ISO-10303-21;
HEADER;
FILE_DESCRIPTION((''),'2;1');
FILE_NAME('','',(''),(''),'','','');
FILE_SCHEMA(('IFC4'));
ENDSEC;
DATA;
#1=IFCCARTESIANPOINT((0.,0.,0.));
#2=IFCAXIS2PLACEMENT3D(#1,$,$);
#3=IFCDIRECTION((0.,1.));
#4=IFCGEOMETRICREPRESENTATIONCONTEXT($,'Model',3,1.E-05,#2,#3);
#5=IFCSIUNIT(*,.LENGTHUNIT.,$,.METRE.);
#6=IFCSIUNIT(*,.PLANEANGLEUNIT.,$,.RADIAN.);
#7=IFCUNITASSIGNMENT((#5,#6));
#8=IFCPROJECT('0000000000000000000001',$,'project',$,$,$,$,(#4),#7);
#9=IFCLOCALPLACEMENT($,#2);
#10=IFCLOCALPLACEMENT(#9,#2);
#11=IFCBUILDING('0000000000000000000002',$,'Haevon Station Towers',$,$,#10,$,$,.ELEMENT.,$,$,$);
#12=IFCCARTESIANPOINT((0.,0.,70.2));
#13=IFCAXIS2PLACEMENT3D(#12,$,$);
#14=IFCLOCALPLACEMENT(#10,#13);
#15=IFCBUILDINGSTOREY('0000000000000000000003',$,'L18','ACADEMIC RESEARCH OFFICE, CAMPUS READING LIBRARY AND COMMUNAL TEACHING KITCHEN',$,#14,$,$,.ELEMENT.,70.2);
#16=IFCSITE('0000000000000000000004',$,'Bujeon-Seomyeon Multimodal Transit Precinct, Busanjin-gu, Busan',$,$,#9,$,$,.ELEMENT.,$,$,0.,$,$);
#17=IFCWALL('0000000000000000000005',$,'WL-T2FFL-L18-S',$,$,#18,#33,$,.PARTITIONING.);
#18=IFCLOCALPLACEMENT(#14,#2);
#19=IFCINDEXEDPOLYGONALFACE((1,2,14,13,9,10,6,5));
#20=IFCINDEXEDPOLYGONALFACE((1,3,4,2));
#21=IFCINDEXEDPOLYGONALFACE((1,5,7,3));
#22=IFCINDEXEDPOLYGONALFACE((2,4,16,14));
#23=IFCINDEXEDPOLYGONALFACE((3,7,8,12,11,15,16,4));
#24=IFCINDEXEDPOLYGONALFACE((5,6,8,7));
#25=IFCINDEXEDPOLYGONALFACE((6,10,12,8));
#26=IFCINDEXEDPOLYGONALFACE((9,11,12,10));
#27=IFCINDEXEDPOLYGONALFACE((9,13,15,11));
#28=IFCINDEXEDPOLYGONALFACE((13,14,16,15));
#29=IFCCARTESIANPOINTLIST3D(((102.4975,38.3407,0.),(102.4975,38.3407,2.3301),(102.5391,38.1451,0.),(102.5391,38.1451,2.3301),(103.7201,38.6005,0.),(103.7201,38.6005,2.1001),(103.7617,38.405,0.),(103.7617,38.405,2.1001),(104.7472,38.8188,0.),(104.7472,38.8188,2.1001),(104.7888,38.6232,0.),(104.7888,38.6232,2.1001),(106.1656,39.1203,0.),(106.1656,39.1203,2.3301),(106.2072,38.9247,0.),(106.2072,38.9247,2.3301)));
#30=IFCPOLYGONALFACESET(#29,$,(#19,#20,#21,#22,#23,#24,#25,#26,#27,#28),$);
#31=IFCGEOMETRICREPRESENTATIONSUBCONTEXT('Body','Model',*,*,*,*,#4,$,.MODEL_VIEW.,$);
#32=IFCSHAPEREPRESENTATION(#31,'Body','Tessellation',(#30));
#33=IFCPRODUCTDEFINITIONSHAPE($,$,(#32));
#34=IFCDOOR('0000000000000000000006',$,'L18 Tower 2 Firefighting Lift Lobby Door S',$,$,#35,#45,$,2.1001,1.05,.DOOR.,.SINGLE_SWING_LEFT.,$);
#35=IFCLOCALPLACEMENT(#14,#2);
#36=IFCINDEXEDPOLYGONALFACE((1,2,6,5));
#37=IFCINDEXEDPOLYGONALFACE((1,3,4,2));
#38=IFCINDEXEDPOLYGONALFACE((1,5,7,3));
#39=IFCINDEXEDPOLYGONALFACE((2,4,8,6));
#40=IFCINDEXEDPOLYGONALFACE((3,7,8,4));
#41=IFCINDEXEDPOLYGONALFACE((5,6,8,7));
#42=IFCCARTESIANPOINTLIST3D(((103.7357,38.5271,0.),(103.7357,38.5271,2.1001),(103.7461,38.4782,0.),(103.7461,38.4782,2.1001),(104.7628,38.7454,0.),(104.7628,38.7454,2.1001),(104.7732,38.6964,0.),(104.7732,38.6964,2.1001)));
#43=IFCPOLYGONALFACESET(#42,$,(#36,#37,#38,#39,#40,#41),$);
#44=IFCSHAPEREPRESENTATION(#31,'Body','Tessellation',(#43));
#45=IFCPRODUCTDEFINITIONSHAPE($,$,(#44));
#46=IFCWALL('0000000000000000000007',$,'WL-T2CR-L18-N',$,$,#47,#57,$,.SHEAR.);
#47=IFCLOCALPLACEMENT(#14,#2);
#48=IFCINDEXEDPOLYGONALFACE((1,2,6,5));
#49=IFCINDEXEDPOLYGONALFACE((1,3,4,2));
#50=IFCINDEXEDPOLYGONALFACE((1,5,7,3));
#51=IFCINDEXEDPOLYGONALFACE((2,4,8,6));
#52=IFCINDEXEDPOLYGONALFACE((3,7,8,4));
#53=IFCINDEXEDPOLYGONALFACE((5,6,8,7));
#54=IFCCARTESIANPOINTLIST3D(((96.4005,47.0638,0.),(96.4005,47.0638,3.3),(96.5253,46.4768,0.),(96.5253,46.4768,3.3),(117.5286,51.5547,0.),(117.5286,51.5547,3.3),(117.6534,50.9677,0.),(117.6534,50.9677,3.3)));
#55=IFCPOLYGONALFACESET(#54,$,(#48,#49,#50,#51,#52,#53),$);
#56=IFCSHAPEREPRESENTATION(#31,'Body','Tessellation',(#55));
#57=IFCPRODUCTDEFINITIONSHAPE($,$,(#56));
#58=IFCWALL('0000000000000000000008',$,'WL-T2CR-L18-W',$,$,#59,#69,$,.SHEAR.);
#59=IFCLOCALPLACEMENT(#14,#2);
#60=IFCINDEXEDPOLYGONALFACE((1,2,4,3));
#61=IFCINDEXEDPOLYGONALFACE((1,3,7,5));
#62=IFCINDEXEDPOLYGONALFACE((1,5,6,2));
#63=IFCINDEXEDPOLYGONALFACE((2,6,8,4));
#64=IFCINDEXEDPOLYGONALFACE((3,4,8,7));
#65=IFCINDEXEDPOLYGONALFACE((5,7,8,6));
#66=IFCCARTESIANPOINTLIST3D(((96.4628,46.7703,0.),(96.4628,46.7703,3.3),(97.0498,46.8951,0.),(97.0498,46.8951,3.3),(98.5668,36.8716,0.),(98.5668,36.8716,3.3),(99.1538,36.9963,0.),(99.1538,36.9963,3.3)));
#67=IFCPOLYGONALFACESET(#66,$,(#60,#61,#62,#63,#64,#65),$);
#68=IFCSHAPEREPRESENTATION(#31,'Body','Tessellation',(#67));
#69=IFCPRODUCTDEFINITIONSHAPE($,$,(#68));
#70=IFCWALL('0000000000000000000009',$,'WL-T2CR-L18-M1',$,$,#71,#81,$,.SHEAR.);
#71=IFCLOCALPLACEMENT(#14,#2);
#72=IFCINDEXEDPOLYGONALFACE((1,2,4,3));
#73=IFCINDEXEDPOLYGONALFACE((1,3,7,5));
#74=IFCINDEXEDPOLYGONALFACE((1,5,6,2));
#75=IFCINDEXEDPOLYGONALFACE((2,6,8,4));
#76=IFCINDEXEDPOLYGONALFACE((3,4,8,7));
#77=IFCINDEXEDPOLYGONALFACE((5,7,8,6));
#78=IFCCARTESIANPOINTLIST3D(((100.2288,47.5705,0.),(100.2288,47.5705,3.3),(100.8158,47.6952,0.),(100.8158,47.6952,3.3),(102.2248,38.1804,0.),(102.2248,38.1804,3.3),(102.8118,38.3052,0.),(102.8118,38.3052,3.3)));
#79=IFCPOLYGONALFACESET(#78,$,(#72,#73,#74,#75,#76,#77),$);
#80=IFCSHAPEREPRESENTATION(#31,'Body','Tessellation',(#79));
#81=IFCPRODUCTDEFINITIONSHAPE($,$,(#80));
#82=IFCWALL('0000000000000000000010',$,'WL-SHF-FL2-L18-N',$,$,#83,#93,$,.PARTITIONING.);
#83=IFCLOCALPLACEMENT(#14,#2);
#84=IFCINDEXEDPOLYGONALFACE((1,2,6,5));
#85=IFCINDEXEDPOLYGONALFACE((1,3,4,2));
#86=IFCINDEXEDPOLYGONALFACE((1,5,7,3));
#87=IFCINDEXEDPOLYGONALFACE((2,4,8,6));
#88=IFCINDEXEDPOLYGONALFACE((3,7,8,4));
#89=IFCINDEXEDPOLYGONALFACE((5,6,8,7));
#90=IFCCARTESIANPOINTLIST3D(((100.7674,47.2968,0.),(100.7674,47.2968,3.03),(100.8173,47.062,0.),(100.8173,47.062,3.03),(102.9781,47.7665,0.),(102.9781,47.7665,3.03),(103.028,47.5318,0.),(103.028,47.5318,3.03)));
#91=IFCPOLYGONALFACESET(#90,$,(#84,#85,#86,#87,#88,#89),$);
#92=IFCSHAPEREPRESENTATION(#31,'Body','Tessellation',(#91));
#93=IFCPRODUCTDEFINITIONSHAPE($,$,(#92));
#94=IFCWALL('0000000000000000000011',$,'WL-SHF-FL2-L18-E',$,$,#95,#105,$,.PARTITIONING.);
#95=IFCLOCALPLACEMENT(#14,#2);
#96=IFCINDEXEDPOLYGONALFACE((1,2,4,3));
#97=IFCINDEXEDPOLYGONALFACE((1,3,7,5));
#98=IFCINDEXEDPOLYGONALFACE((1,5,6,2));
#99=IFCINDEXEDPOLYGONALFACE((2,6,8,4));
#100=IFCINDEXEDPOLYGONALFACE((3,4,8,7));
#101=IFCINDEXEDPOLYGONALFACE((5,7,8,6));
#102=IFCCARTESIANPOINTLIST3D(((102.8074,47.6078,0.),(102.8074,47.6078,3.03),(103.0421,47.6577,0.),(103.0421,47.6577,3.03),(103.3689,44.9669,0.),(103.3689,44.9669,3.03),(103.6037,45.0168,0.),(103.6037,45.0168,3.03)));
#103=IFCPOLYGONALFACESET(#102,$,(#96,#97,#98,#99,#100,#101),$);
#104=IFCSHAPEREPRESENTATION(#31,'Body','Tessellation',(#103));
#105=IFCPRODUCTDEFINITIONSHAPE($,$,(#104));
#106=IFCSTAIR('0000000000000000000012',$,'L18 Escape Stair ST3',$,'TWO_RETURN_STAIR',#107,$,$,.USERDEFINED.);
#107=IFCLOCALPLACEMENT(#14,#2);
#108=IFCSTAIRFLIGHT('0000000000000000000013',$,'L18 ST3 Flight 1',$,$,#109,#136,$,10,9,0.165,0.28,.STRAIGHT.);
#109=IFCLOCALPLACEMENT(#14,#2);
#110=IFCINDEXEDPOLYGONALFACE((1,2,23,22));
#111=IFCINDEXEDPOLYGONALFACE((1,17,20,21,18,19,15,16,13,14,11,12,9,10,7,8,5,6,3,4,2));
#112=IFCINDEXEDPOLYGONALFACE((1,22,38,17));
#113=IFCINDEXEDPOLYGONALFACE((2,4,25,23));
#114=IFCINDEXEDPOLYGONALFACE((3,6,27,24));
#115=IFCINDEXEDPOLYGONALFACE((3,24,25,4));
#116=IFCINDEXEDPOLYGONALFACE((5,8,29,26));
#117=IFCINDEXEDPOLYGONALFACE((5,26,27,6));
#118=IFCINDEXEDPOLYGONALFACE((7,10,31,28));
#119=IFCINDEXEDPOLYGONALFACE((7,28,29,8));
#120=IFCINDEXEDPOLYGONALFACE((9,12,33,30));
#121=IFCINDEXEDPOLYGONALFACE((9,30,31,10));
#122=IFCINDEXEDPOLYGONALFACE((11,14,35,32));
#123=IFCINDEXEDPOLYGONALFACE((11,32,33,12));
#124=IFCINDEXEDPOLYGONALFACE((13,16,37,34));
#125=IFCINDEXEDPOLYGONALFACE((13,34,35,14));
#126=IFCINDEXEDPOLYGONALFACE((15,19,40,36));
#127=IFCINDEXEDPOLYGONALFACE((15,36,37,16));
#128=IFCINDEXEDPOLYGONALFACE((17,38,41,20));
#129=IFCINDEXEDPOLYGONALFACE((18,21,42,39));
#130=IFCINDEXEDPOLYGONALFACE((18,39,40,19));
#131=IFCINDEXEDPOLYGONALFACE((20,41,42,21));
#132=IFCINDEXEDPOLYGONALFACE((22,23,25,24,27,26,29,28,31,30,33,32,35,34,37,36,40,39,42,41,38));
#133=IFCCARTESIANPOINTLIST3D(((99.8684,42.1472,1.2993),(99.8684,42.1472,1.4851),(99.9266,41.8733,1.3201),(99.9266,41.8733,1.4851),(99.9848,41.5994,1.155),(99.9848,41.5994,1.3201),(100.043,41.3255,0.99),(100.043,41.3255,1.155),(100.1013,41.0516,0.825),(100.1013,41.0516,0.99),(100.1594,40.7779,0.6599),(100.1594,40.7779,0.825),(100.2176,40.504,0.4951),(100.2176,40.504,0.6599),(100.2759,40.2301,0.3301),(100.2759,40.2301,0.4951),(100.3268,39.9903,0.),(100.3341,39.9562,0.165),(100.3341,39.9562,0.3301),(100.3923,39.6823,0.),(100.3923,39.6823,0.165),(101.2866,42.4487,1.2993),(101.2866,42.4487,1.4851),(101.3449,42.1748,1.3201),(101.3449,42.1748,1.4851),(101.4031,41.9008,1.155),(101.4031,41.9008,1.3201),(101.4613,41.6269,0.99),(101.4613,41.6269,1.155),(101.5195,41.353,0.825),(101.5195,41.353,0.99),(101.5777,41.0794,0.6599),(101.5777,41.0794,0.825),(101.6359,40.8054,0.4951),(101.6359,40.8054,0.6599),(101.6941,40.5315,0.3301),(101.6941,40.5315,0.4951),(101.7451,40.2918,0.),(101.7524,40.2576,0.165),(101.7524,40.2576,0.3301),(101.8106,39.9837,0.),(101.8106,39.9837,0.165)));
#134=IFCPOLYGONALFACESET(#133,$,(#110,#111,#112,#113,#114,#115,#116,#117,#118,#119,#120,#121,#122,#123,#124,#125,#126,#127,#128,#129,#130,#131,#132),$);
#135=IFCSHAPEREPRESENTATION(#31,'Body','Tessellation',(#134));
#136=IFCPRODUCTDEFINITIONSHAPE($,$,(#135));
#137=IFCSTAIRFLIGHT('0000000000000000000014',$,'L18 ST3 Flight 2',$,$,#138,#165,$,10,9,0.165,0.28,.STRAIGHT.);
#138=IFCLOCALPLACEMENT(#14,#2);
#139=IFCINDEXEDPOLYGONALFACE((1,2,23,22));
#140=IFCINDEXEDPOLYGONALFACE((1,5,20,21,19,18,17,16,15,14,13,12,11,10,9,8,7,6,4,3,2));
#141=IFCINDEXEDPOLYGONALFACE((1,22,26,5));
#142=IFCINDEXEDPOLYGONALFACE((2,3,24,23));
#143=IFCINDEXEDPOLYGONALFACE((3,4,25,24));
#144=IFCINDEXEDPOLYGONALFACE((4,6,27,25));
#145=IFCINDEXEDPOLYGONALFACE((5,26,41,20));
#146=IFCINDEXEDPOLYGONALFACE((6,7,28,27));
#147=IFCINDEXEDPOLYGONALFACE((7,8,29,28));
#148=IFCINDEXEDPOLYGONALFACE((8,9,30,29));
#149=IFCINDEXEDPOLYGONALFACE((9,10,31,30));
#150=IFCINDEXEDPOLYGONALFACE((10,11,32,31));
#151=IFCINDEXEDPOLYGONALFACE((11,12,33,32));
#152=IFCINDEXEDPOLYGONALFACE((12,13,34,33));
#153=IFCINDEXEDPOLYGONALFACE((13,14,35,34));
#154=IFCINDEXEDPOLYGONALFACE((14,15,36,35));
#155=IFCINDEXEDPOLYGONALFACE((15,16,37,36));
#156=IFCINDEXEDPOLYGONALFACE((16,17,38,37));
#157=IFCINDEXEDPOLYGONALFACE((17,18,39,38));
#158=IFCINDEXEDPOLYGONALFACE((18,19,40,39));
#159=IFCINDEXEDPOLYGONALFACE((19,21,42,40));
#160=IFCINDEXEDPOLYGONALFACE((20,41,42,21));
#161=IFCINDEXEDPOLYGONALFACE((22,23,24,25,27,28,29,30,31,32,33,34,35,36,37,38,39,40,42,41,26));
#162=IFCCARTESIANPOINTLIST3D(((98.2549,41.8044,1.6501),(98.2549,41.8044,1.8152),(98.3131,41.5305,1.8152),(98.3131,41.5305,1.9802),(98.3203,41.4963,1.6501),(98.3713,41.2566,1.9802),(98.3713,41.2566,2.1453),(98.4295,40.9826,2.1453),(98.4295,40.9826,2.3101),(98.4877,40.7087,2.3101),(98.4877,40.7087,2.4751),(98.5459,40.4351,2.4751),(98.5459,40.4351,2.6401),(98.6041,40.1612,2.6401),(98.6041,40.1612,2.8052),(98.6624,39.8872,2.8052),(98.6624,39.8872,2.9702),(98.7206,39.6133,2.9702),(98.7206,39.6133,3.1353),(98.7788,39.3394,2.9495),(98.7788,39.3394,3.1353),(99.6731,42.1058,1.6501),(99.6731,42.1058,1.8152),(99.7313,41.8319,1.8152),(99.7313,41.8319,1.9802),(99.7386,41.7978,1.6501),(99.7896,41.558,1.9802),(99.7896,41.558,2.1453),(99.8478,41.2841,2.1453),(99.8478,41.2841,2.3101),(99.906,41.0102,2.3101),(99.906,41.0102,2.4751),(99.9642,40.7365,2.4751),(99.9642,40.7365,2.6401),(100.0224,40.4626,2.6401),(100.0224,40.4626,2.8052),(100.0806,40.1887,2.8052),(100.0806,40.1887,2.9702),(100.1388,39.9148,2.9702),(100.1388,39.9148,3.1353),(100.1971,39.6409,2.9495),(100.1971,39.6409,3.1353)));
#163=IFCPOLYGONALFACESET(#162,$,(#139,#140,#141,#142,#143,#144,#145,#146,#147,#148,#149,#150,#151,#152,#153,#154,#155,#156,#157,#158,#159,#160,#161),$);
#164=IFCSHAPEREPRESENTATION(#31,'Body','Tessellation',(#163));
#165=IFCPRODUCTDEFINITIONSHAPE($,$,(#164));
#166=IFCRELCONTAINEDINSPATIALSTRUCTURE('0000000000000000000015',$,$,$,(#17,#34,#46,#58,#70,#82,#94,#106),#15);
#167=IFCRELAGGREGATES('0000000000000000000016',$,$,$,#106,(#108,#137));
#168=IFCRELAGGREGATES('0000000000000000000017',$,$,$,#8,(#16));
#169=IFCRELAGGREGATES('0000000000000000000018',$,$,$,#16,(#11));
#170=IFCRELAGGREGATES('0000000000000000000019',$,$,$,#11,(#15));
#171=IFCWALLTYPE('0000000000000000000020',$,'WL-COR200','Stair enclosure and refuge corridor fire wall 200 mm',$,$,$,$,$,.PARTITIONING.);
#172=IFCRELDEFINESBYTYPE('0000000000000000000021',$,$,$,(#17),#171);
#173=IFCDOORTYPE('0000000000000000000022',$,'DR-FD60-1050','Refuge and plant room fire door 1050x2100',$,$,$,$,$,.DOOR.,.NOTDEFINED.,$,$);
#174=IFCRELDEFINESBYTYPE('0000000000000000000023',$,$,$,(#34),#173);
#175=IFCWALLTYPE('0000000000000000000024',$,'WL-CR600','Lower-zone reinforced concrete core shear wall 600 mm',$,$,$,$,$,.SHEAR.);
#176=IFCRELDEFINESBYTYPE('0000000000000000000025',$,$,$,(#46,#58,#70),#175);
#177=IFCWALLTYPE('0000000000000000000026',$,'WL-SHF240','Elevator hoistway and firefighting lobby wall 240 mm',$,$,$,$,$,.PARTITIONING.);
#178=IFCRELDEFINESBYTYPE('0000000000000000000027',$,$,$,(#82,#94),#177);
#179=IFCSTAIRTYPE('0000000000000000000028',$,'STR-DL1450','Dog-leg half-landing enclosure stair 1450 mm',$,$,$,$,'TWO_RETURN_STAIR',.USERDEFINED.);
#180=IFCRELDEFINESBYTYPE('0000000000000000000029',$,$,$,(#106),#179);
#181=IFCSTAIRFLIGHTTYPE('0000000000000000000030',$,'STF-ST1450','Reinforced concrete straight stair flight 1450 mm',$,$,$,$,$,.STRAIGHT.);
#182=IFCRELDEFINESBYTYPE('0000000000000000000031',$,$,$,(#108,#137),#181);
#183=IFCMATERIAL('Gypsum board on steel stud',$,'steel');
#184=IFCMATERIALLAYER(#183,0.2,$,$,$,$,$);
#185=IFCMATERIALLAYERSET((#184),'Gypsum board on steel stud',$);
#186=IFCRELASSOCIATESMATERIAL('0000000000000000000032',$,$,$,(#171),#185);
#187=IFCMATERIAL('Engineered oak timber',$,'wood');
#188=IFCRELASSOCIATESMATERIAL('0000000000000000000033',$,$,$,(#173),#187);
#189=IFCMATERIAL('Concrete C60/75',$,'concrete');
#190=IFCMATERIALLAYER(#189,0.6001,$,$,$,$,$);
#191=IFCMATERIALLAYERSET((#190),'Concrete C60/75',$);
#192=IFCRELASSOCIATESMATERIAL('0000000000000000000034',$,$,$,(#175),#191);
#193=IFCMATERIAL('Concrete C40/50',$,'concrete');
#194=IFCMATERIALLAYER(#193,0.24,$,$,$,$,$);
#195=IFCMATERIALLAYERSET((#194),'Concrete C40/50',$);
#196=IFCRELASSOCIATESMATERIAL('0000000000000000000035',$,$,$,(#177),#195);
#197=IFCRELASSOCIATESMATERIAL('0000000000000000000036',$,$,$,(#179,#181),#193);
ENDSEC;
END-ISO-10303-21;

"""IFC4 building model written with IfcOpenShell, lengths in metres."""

from ifc_helpers import new_model, si_unit, direction, frame, frame_2d, origin, place, context, subcontext, project, spatial, polyline, rectangle, outline, extrude, material, layer, layer_set, type_object, element, fill, aggregate, save


model = new_model("IFC4")

# Units and contexts
model_context = context("Model", 3, precision=1e-05, world=origin(), true_north=direction((0.0, 1.0)))
body_context = subcontext(model_context, "Body", "Model", "MODEL_VIEW")
ifc_project = project(units=[si_unit("LENGTHUNIT", "METRE"), si_unit("PLANEANGLEUNIT", "RADIAN")], contexts=[model_context])

# Site, building, storey
site_placement = place(None, origin())
site = spatial("IfcSite", under=ifc_project, at=site_placement, Name="Bujeon-Seomyeon Multimodal Transit Precinct, Busanjin-gu, Busan", CompositionType="ELEMENT", RefElevation=0.0)
building_placement = place(site_placement, origin())
building = spatial("IfcBuilding", under=site, at=building_placement, Name="Haevon Station Towers", CompositionType="ELEMENT")
storey_placement = place(building_placement, frame((0.0, 0.0, 70.2)))
storey = spatial("IfcBuildingStorey", under=building, at=storey_placement, Name="L18", Description="ACADEMIC RESEARCH OFFICE, CAMPUS READING LIBRARY AND COMMUNAL TEACHING KITCHEN", CompositionType="ELEMENT", Elevation=70.2)

# Wall, opening, door
ifc_material_1 = material(Name="Gypsum board on steel stud", Category="steel")
ifc_layer_1 = layer(ifc_material_1, 0.2)
ifc_layer_set_1 = layer_set([ifc_layer_1], Name="Gypsum board on steel stud")
wall_type_1 = type_object("IfcWallType", Name="WL-COR200", Description="Stair enclosure and refuge corridor fire wall 200 mm", PredefinedType="PARTITIONING", material=ifc_layer_set_1)
ifc_material_2 = material(Name="Engineered oak timber", Category="wood")
wall_1_placement = place(storey_placement, frame((102.5183, 38.2429, 0.0), z_axis=(0.0, 0.0, 1.0), x_axis=(0.978154, 0.207884, 0.0)))
wall_1 = element("IfcWall", 1, at=wall_1_placement, inside=storey, type_object=wall_type_1, Name="WL-T2FFL-L18-S", PredefinedType="PARTITIONING", context=body_context, shape_type="SweptSolid", body=[
    extrude(rectangle(XDim=3.75, YDim=0.2, at=frame_2d((1.875, 0.0))), origin(), (0.0, 0.0, 1.0), 2.3301),
])
opening_1_placement = place(wall_1_placement, frame((1.25, 0.0, 0.0)))
opening_1 = element("IfcOpeningElement", 2, at=opening_1_placement, cuts=wall_1, PredefinedType="OPENING", context=body_context, shape_type="SweptSolid", body=[
    extrude(rectangle(XDim=1.05, YDim=2.1001, at=frame_2d((0.5249, 1.05))), frame((0.0, 0.1099, 0.0), z_axis=(0.0, -1.0, 0.0), x_axis=(1.0, 0.0, 0.0)), (0.0, 0.0, 1.0), 0.22),
])
door_type_1 = type_object("IfcDoorType", Name="DR-FD60-1050", Description="Refuge and plant room fire door 1050x2100", OperationType="NOTDEFINED", PredefinedType="DOOR", material=ifc_material_2)
door_1_placement = place(opening_1_placement, origin())
door_1 = element("IfcDoor", 3, at=door_1_placement, inside=storey, type_object=door_type_1, Name="L18 Tower 2 Firefighting Lift Lobby Door S", OperationType="SINGLE_SWING_LEFT", OverallHeight=2.1001, OverallWidth=1.05, PredefinedType="DOOR", context=body_context, shape_type="SweptSolid", body=[
    extrude(rectangle(XDim=1.05, YDim=2.1001, at=frame_2d((0.5249, 1.05))), frame((0.0, 0.0249, 0.0), z_axis=(0.0, -1.0, 0.0), x_axis=(1.0, 0.0, 0.0)), (0.0, 0.0, 1.0), 0.05),
])
fill(opening_1, door_1)

# Walls
ifc_material_3 = material(Name="Concrete C60/75", Category="concrete")
ifc_layer_2 = layer(ifc_material_3, 0.6001)
ifc_layer_set_2 = layer_set([ifc_layer_2], Name="Concrete C60/75")
wall_type_2 = type_object("IfcWallType", Name="WL-CR600", Description="Lower-zone reinforced concrete core shear wall 600 mm", PredefinedType="SHEAR", material=ifc_layer_set_2)
wall_2_placement = place(storey_placement, frame((96.4629, 46.7703, 0.0), z_axis=(0.0, 0.0, 1.0), x_axis=(0.978147, 0.207913, 0.0)))
element("IfcWall", 4, at=wall_2_placement, inside=storey, type_object=wall_type_2, Name="WL-T2CR-L18-N", PredefinedType="SHEAR", context=body_context, shape_type="SweptSolid", body=[
    extrude(rectangle(XDim=21.6001, YDim=0.6001, at=frame_2d((10.8, 0.0))), origin(), (0.0, 0.0, 1.0), 3.3),
])
wall_3_placement = place(storey_placement, frame((98.8604, 36.9338, 0.0), z_axis=(0.0, 0.0, 1.0), x_axis=(-0.207909, 0.978148, 0.0)))
element("IfcWall", 5, at=wall_3_placement, inside=storey, type_object=wall_type_2, Name="WL-T2CR-L18-W", PredefinedType="SHEAR", context=body_context, shape_type="SweptSolid", body=[
    extrude(rectangle(XDim=10.1199, YDim=0.6001, at=frame_2d((5.0601, 0.0))), origin(), (0.0, 0.0, 1.0), 3.3),
])
wall_4_placement = place(storey_placement, frame((102.5183, 38.2429, 0.0), z_axis=(0.0, 0.0, 1.0), x_axis=(-0.207927, 0.978144, 0.0)))
element("IfcWall", 6, at=wall_4_placement, inside=storey, type_object=wall_type_2, Name="WL-T2CR-L18-M1", PredefinedType="SHEAR", context=body_context, shape_type="SweptSolid", body=[
    extrude(rectangle(XDim=9.5999, YDim=0.6001, at=frame_2d((4.7998, 0.0))), origin(), (0.0, 0.0, 1.0), 3.3),
])

# Shared definitions
ifc_material_4 = material(Name="Concrete C40/50", Category="concrete")
ifc_layer_3 = layer(ifc_material_4, 0.24)
ifc_layer_set_3 = layer_set([ifc_layer_3], Name="Concrete C40/50")
wall_type_3 = type_object("IfcWallType", Name="WL-SHF240", Description="Elevator hoistway and firefighting lobby wall 240 mm", PredefinedType="PARTITIONING", material=ifc_layer_set_3)

# Walls
wall_5_placement = place(storey_placement, frame((100.7925, 47.1794, 0.0), z_axis=(0.0, 0.0, 1.0), x_axis=(0.978163, 0.207839, 0.0)))
element("IfcWall", 7, at=wall_5_placement, inside=storey, type_object=wall_type_3, Name="WL-SHF-FL2-L18-N", PredefinedType="PARTITIONING", context=body_context, shape_type="SweptSolid", body=[
    extrude(rectangle(XDim=2.26, YDim=0.24, at=frame_2d((1.1299, 0.0))), origin(), (0.0, 0.0, 1.0), 3.03),
])
wall_6_placement = place(storey_placement, frame((103.4863, 44.9917, 0.0), z_axis=(0.0, 0.0, 1.0), x_axis=(-0.207979, 0.978133, 0.0)))
element("IfcWall", 8, at=wall_6_placement, inside=storey, type_object=wall_type_3, Name="WL-SHF-FL2-L18-E", PredefinedType="PARTITIONING", context=body_context, shape_type="SweptSolid", body=[
    extrude(rectangle(XDim=2.7, YDim=0.24, at=frame_2d((1.3501, 0.0))), origin(), (0.0, 0.0, 1.0), 3.03),
])

# Stair, stair flights
stair_type = type_object("IfcStairType", Name="STR-DL1450", Description="Dog-leg half-landing enclosure stair 1450 mm", ElementType="TWO_RETURN_STAIR", PredefinedType="USERDEFINED", material=ifc_material_4)
stair_placement = place(storey_placement, origin())
stair = element("IfcStair", 9, at=stair_placement, inside=storey, type_object=stair_type, Name="L18 Escape Stair ST3", ObjectType="TWO_RETURN_STAIR", PredefinedType="USERDEFINED")
stair_flight_type = type_object("IfcStairFlightType", Name="STF-ST1450", Description="Reinforced concrete straight stair flight 1450 mm", PredefinedType="STRAIGHT", material=ifc_material_4)
stair_flight_1_placement = place(storey_placement, frame((101.1016, 39.833, 0.0), z_axis=(0.0, 0.0, 1.0), x_axis=(-0.207912, 0.978148, 0.0)))
stair_flight_1 = element("IfcStairFlight", 10, at=stair_flight_1_placement, type_object=stair_flight_type, Name="L18 ST3 Flight 1", NumberOfRisers=10, NumberOfTreads=9, PredefinedType="STRAIGHT", RiserHeight=0.165, TreadLength=0.28, context=body_context, shape_type="SweptSolid", body=[
    extrude(outline(polyline([(0.0, 0.0), (0.0, 0.165), (0.28, 0.165), (0.28, 0.3301), (0.5601, 0.3301), (0.5601, 0.4951), (0.8401, 0.4951), (0.8401, 0.6599), (1.1201, 0.6599), (1.1201, 0.825), (1.3999, 0.825), (1.3999, 0.99), (1.6799, 0.99), (1.6799, 1.155), (1.96, 1.155), (1.96, 1.3201), (2.24, 1.3201), (2.24, 1.4851), (2.52, 1.4851), (2.52, 1.6499), (2.52, 1.2993), (0.3149, 0.0), (0.0, 0.0)])), frame((0.0, 0.7251, 0.0), z_axis=(0.0, -1.0, 0.0), x_axis=(1.0, 0.0, 0.0)), (0.0, 0.0, 1.0), 1.45),
])
stair_flight_2_placement = place(storey_placement, frame((98.9639, 41.9551, 1.6501), z_axis=(0.0, 0.0, 1.0), x_axis=(0.207912, -0.978148, 0.0)))
stair_flight_2 = element("IfcStairFlight", 11, at=stair_flight_2_placement, type_object=stair_flight_type, Name="L18 ST3 Flight 2", NumberOfRisers=10, NumberOfTreads=9, PredefinedType="STRAIGHT", RiserHeight=0.165, TreadLength=0.28, context=body_context, shape_type="SweptSolid", body=[
    extrude(outline(polyline([(0.0, 0.0), (0.0, 0.165), (0.28, 0.165), (0.28, 0.3301), (0.5601, 0.3301), (0.5601, 0.4951), (0.8401, 0.4951), (0.8401, 0.6599), (1.1201, 0.6599), (1.1201, 0.825), (1.3999, 0.825), (1.3999, 0.99), (1.6799, 0.99), (1.6799, 1.155), (1.96, 1.155), (1.96, 1.3201), (2.24, 1.3201), (2.24, 1.4851), (2.52, 1.4851), (2.52, 1.6499), (2.52, 1.2993), (0.3149, 0.0), (0.0, 0.0)])), frame((0.0, 0.7251, 0.0), z_axis=(0.0, -1.0, 0.0), x_axis=(1.0, 0.0, 0.0)), (0.0, 0.0, 1.0), 1.45),
])
aggregate(stair, [stair_flight_1, stair_flight_2])

save(model, "model.ifc")
